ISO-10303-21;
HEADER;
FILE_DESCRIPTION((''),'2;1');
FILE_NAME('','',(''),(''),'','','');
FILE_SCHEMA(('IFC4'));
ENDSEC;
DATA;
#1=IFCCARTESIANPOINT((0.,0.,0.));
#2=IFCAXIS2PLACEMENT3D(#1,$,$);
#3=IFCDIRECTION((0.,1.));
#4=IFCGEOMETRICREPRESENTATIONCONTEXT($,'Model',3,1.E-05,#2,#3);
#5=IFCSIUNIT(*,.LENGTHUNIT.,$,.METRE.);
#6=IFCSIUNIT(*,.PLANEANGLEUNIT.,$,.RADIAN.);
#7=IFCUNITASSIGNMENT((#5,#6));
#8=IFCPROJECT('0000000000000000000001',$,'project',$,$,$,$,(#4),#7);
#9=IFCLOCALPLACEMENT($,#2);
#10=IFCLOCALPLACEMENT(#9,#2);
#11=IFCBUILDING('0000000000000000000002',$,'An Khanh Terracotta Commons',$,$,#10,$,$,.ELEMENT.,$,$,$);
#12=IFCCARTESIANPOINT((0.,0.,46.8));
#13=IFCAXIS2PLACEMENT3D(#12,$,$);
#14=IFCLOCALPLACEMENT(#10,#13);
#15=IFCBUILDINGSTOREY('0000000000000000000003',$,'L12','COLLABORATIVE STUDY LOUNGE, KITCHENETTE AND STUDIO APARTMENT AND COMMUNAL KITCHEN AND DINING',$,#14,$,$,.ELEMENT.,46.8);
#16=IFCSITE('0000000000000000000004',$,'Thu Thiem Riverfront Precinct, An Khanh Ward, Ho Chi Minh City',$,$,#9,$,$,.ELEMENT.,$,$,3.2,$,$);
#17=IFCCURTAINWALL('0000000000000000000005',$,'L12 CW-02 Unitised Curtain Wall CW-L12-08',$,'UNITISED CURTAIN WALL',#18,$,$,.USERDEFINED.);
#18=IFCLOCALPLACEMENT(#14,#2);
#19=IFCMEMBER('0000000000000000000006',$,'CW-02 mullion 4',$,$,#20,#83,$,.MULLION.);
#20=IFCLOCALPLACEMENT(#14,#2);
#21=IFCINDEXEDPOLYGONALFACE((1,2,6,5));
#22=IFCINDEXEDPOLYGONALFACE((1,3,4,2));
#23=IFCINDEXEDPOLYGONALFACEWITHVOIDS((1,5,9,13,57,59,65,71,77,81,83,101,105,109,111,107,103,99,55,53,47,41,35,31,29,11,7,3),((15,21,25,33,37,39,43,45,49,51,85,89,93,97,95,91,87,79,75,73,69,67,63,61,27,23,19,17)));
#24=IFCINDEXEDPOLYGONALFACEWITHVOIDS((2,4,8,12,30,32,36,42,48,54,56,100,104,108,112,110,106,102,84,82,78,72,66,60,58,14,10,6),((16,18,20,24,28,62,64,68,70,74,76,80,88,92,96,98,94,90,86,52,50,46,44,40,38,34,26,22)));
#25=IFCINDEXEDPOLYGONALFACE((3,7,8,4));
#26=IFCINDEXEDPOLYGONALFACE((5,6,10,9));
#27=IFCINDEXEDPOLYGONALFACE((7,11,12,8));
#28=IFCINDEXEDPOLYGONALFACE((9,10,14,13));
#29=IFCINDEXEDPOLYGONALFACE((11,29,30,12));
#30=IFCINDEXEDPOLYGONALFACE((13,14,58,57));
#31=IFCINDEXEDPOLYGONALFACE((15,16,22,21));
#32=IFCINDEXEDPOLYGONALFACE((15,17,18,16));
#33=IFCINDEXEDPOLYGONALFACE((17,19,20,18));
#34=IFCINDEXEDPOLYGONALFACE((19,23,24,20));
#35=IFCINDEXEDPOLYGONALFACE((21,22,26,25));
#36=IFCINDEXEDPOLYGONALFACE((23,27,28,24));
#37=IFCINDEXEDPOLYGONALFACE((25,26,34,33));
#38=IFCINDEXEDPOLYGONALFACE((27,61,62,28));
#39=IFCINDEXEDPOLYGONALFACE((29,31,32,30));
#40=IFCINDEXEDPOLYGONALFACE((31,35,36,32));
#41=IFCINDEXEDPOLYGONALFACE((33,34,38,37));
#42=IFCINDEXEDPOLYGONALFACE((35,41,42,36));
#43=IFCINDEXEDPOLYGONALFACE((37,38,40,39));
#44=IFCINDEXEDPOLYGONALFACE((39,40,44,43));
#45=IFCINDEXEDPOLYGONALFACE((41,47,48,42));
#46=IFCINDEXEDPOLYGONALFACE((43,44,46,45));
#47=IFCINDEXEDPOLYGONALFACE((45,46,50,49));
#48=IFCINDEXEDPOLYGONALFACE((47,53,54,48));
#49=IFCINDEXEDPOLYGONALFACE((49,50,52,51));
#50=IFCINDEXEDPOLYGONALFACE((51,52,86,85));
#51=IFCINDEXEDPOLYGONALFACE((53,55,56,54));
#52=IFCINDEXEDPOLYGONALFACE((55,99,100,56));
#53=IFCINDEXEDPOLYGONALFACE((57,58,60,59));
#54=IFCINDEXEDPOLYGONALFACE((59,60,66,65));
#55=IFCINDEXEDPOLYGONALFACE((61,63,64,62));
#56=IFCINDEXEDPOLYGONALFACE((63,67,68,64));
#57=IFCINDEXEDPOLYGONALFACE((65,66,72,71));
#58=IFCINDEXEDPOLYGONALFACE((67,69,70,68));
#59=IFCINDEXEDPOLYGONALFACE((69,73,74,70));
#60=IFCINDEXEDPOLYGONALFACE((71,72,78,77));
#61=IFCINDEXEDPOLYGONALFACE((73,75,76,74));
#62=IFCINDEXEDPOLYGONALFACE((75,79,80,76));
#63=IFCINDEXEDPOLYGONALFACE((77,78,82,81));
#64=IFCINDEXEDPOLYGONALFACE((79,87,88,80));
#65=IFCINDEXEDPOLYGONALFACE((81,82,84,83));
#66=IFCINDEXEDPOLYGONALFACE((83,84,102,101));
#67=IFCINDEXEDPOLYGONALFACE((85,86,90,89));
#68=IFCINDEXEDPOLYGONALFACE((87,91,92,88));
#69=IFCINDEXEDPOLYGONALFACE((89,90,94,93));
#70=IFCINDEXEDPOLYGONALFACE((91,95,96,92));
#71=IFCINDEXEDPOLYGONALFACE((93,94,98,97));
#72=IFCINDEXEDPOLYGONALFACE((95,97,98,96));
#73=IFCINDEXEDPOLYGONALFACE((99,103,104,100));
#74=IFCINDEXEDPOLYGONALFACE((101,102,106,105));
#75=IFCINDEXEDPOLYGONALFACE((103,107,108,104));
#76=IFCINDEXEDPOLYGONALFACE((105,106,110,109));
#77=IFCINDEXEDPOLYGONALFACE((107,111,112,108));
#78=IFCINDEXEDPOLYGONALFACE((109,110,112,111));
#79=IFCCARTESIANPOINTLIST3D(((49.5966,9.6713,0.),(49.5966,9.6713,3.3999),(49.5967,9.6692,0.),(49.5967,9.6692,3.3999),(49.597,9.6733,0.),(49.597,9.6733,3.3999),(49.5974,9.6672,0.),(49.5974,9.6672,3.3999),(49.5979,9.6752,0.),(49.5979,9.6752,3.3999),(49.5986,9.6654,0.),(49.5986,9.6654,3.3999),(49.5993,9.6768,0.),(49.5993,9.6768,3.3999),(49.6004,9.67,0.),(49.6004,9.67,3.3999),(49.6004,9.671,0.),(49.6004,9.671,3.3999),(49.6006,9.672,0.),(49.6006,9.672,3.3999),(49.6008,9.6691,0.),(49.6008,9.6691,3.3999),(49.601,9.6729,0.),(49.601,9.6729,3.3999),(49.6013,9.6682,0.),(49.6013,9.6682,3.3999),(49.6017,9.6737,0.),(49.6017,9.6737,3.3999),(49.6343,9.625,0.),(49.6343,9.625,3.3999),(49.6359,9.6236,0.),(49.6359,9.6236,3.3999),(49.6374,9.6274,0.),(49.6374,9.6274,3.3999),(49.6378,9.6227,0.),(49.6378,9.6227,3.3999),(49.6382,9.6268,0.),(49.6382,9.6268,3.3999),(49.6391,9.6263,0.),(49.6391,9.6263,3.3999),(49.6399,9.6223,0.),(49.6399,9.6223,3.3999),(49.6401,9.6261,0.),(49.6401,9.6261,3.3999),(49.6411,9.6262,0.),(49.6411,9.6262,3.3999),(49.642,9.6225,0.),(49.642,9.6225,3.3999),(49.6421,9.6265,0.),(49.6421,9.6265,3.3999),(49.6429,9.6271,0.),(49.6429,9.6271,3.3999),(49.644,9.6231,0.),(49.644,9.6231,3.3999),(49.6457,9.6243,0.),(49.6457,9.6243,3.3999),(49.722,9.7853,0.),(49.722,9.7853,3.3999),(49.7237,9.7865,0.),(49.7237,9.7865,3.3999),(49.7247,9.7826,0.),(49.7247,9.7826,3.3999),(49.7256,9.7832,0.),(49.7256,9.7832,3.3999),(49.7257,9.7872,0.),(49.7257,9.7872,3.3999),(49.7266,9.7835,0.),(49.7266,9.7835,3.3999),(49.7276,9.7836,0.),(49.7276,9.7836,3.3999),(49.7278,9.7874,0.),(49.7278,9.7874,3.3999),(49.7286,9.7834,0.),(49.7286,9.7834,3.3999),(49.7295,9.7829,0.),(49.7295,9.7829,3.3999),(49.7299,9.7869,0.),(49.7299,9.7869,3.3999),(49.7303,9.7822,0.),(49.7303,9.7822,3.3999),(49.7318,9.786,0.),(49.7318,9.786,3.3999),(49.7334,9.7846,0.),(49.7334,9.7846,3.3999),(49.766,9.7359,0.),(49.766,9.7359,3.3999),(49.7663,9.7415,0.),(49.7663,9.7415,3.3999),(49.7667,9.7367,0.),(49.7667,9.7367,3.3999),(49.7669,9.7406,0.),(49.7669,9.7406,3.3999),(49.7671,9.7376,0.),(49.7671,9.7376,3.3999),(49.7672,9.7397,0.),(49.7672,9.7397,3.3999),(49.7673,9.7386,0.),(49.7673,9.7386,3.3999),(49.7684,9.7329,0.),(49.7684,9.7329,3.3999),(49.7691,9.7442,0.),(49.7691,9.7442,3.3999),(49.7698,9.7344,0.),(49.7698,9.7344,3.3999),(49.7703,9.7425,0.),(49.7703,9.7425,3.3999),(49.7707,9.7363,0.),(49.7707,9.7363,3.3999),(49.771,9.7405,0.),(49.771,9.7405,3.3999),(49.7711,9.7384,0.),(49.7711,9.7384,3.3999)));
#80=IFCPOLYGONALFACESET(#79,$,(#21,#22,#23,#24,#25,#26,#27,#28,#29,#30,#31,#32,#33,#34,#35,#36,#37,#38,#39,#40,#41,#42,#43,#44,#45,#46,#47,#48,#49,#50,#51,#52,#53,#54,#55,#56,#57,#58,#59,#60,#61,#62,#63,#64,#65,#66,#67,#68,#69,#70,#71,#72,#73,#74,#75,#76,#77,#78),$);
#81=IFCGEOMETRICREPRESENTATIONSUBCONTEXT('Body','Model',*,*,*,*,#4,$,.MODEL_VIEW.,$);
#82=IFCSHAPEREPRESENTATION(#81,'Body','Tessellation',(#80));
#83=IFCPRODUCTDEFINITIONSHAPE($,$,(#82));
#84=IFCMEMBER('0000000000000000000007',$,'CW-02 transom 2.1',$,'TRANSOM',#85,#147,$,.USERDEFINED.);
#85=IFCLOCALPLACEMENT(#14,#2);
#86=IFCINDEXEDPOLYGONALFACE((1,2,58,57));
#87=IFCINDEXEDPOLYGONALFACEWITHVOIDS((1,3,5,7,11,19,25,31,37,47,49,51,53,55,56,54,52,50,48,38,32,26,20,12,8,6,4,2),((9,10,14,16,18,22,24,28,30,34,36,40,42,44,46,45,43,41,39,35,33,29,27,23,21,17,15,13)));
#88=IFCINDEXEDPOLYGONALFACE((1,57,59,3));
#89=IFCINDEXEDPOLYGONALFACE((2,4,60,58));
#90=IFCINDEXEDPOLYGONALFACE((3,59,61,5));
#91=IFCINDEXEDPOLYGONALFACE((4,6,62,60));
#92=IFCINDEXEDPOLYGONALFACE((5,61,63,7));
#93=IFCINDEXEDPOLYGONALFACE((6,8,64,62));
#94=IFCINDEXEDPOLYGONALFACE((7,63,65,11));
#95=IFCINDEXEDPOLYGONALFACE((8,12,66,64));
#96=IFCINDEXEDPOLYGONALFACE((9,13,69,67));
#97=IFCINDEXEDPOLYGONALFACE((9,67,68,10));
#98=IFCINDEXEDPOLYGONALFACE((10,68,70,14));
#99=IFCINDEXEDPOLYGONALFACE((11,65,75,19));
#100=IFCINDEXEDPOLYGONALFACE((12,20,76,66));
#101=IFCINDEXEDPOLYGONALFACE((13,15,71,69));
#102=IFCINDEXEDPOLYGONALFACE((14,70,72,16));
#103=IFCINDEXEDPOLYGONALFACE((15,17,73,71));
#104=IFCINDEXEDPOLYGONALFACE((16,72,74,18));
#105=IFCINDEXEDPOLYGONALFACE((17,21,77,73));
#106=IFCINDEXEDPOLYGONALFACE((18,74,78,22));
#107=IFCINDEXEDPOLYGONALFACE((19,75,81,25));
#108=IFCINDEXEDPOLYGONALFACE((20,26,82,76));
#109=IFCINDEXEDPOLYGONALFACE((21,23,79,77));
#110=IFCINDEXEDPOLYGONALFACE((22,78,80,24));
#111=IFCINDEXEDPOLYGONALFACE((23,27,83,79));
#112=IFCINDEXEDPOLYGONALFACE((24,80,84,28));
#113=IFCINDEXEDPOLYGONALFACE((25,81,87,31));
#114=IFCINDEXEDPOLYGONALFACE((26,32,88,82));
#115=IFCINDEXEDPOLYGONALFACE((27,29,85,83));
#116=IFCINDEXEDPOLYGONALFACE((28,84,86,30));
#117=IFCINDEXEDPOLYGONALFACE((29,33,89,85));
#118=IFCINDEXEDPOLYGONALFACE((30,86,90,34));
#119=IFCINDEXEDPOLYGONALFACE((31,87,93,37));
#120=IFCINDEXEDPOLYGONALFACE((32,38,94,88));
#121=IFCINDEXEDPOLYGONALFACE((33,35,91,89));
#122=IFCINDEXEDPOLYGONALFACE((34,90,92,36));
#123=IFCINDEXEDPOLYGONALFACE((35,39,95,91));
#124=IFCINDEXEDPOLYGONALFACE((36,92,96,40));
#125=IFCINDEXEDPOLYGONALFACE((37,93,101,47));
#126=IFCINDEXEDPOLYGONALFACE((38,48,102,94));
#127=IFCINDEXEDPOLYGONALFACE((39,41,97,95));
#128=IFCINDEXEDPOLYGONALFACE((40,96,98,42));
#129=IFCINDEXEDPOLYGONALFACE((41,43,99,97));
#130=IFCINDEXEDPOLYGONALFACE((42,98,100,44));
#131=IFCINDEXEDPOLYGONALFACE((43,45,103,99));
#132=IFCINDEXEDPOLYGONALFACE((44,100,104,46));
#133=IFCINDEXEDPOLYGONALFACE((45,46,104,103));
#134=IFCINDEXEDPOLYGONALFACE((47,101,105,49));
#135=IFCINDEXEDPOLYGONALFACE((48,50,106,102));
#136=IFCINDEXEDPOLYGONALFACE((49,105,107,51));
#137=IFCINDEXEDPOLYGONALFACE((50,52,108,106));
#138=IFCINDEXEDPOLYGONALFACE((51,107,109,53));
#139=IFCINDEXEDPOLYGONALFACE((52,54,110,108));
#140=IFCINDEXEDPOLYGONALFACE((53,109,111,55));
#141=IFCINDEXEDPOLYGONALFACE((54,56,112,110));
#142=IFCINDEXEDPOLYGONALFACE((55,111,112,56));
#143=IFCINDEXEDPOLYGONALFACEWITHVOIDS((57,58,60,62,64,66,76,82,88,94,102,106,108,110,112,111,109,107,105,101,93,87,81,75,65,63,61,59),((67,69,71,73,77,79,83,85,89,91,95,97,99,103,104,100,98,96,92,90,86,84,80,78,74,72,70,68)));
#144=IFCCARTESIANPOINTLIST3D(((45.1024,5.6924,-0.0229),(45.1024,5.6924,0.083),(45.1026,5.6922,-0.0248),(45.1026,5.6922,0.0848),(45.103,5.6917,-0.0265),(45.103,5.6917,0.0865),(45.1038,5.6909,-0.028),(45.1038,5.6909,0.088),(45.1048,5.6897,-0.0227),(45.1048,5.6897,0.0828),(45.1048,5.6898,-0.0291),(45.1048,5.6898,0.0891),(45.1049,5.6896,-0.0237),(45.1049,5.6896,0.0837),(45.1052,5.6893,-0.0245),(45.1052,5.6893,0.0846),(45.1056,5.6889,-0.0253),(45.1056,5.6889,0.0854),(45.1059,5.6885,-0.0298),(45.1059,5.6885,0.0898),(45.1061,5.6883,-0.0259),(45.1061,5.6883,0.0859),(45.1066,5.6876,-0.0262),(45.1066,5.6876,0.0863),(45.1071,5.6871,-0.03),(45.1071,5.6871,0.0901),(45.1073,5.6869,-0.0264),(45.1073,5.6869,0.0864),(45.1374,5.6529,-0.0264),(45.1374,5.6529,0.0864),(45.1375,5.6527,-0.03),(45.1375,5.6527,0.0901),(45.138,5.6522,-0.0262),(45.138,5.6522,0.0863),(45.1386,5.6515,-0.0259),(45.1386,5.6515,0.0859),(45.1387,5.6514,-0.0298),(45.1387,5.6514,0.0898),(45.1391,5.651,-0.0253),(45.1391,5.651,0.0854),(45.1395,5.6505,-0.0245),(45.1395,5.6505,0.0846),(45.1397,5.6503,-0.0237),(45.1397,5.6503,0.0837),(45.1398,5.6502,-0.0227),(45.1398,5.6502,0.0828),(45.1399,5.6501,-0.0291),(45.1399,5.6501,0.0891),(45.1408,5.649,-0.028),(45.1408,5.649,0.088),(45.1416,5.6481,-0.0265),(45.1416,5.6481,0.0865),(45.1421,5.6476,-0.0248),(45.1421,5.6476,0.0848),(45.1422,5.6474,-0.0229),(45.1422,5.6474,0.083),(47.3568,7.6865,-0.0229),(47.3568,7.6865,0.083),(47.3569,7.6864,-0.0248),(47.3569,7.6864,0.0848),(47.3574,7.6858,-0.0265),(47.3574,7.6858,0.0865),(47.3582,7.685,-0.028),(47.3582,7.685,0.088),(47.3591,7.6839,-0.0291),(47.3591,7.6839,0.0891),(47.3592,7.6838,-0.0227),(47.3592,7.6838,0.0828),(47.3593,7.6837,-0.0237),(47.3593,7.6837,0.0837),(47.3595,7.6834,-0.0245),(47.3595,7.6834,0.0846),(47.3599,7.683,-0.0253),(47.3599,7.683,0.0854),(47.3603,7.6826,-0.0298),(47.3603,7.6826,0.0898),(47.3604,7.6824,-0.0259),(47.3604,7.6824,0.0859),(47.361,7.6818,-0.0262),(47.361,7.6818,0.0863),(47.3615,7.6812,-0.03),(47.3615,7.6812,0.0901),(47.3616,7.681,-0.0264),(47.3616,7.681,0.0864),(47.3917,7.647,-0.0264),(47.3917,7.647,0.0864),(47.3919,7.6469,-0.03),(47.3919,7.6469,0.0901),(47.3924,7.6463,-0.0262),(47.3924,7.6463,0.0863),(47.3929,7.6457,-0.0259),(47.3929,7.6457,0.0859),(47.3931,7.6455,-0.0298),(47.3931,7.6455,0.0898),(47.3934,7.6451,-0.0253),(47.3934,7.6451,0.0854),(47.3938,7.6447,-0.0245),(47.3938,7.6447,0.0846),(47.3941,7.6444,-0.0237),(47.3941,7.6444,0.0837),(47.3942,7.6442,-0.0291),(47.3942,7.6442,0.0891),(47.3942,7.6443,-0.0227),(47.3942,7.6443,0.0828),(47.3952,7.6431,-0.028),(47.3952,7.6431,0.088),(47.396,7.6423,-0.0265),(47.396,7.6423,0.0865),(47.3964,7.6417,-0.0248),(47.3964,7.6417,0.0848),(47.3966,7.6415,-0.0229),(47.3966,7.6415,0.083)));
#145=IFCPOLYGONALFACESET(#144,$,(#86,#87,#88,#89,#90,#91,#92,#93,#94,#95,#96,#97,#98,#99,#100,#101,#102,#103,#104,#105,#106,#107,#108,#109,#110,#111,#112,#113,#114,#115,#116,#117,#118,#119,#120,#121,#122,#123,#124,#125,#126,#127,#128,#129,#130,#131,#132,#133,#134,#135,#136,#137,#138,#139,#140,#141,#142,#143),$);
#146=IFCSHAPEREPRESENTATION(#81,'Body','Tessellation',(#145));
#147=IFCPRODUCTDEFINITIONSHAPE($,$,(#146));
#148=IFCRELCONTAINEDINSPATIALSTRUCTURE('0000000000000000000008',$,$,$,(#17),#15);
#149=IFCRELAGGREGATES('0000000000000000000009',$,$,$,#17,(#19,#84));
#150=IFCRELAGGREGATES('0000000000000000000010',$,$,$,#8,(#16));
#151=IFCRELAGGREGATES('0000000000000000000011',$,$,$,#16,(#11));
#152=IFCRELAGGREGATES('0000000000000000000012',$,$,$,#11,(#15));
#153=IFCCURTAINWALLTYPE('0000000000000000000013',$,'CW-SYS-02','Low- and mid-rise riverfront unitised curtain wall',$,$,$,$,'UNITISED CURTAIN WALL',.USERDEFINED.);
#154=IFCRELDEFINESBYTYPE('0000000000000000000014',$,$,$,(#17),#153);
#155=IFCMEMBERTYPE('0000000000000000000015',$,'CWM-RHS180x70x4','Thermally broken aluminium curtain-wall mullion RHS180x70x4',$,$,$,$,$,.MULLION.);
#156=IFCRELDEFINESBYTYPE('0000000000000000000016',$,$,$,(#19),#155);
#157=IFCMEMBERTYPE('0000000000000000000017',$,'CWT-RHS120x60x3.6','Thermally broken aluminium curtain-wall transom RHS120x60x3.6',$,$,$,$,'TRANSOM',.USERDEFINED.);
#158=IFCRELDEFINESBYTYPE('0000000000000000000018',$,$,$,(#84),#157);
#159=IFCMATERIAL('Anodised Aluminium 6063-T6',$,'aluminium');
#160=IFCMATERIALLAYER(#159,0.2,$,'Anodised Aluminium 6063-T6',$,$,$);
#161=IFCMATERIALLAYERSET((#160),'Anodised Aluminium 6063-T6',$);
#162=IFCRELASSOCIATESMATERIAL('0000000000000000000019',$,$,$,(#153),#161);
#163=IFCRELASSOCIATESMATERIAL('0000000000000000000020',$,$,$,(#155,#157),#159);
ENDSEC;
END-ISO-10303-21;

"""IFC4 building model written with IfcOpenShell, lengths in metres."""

from ifc_helpers import new_model, si_unit, direction, frame, origin, origin_2d, place, context, subcontext, project, spatial, hollow_rectangle, extrude, material, layer, layer_set, material_profile, profile_set, type_object, element, aggregate, save


model = new_model("IFC4")

# Units and contexts
model_context = context("Model", 3, precision=1e-05, world=origin(), true_north=direction((0.0, 1.0)))
body_context = subcontext(model_context, "Body", "Model", "MODEL_VIEW")
ifc_project = project(units=[si_unit("LENGTHUNIT", "METRE"), si_unit("PLANEANGLEUNIT", "RADIAN")], contexts=[model_context])

# Site, building, storey
site_placement = place(None, origin())
site = spatial("IfcSite", under=ifc_project, at=site_placement, Name="Thu Thiem Riverfront Precinct, An Khanh Ward, Ho Chi Minh City", CompositionType="ELEMENT", RefElevation=3.2)
building_placement = place(site_placement, origin())
building = spatial("IfcBuilding", under=site, at=building_placement, Name="An Khanh Terracotta Commons", CompositionType="ELEMENT")
storey_placement = place(building_placement, frame((0.0, 0.0, 46.8)))
storey = spatial("IfcBuildingStorey", under=building, at=storey_placement, Name="L12", Description="COLLABORATIVE STUDY LOUNGE, KITCHENETTE AND STUDIO APARTMENT AND COMMUNAL KITCHEN AND DINING", CompositionType="ELEMENT", Elevation=46.8)

# Curtain wall, members
ifc_material_1 = material(Name="Anodised Aluminium 6063-T6", Category="aluminium")
ifc_layer_1 = layer(ifc_material_1, 0.2, Name="Anodised Aluminium 6063-T6")
ifc_layer_set_1 = layer_set([ifc_layer_1], Name="Anodised Aluminium 6063-T6")
curtain_wall_type = type_object("IfcCurtainWallType", Name="CW-SYS-02", Description="Low- and mid-rise riverfront unitised curtain wall", ElementType="UNITISED CURTAIN WALL", PredefinedType="USERDEFINED", material=ifc_layer_set_1)
curtain_wall_placement = place(storey_placement, origin())
curtain_wall = element("IfcCurtainWall", 1, at=curtain_wall_placement, inside=storey, type_object=curtain_wall_type, Name="L12 CW-02 Unitised Curtain Wall CW-L12-08", ObjectType="UNITISED CURTAIN WALL", PredefinedType="USERDEFINED")
ifc_material_profile_1 = material_profile(ifc_material_1, hollow_rectangle(XDim=0.0701, YDim=0.1799, WallThickness=0.0039, InnerFilletRadius=0.0039, OuterFilletRadius=0.0081, at=origin_2d()), Name="RHS180x70x4")
ifc_profile_set_1 = profile_set([ifc_material_profile_1], Name="Anodised Aluminium 6063-T6")
member_type_1 = type_object("IfcMemberType", Name="CWM-RHS180x70x4", Description="Thermally broken aluminium curtain-wall mullion RHS180x70x4", PredefinedType="MULLION", material=ifc_profile_set_1)
member_1_placement = place(storey_placement, frame((49.6838, 9.7048, 0.0), z_axis=(0.0, 0.0, 1.0), x_axis=(-0.662548, 0.749019, 0.0)))
member_1 = element("IfcMember", 2, at=member_1_placement, type_object=member_type_1, Name="CW-02 mullion 4", PredefinedType="MULLION", context=body_context, shape_type="SweptSolid", body=[
    extrude(hollow_rectangle(XDim=0.0701, YDim=0.1799, WallThickness=0.0039, InnerFilletRadius=0.0039, OuterFilletRadius=0.0081, at=origin_2d()), origin(), (0.0, 0.0, 1.0), 3.3999),
])
ifc_material_profile_2 = material_profile(ifc_material_1, hollow_rectangle(XDim=0.0601, YDim=0.1201, WallThickness=0.0037, InnerFilletRadius=0.0037, OuterFilletRadius=0.0071, at=origin_2d()), Name="RHS120x60x3.6")
ifc_profile_set_2 = profile_set([ifc_material_profile_2], Name="Anodised Aluminium 6063-T6")
member_type_2 = type_object("IfcMemberType", Name="CWT-RHS120x60x3.6", Description="Thermally broken aluminium curtain-wall transom RHS120x60x3.6", ElementType="TRANSOM", PredefinedType="USERDEFINED", material=ifc_profile_set_2)
member_2_placement = place(storey_placement, frame((45.1223, 5.6699, 0.03), z_axis=(0.749018, 0.662549, 0.0), x_axis=(-0.662549, 0.749018, 0.0)))
member_2 = element("IfcMember", 3, at=member_2_placement, type_object=member_type_2, Name="CW-02 transom 2.1", ObjectType="TRANSOM", PredefinedType="USERDEFINED", context=body_context, shape_type="SweptSolid", body=[
    extrude(hollow_rectangle(XDim=0.0601, YDim=0.1201, WallThickness=0.0037, InnerFilletRadius=0.0037, OuterFilletRadius=0.0071, at=origin_2d()), origin(), (0.0, 0.0, 1.0), 3.0098),
])
aggregate(curtain_wall, [member_1, member_2])

save(model, "model.ifc")
